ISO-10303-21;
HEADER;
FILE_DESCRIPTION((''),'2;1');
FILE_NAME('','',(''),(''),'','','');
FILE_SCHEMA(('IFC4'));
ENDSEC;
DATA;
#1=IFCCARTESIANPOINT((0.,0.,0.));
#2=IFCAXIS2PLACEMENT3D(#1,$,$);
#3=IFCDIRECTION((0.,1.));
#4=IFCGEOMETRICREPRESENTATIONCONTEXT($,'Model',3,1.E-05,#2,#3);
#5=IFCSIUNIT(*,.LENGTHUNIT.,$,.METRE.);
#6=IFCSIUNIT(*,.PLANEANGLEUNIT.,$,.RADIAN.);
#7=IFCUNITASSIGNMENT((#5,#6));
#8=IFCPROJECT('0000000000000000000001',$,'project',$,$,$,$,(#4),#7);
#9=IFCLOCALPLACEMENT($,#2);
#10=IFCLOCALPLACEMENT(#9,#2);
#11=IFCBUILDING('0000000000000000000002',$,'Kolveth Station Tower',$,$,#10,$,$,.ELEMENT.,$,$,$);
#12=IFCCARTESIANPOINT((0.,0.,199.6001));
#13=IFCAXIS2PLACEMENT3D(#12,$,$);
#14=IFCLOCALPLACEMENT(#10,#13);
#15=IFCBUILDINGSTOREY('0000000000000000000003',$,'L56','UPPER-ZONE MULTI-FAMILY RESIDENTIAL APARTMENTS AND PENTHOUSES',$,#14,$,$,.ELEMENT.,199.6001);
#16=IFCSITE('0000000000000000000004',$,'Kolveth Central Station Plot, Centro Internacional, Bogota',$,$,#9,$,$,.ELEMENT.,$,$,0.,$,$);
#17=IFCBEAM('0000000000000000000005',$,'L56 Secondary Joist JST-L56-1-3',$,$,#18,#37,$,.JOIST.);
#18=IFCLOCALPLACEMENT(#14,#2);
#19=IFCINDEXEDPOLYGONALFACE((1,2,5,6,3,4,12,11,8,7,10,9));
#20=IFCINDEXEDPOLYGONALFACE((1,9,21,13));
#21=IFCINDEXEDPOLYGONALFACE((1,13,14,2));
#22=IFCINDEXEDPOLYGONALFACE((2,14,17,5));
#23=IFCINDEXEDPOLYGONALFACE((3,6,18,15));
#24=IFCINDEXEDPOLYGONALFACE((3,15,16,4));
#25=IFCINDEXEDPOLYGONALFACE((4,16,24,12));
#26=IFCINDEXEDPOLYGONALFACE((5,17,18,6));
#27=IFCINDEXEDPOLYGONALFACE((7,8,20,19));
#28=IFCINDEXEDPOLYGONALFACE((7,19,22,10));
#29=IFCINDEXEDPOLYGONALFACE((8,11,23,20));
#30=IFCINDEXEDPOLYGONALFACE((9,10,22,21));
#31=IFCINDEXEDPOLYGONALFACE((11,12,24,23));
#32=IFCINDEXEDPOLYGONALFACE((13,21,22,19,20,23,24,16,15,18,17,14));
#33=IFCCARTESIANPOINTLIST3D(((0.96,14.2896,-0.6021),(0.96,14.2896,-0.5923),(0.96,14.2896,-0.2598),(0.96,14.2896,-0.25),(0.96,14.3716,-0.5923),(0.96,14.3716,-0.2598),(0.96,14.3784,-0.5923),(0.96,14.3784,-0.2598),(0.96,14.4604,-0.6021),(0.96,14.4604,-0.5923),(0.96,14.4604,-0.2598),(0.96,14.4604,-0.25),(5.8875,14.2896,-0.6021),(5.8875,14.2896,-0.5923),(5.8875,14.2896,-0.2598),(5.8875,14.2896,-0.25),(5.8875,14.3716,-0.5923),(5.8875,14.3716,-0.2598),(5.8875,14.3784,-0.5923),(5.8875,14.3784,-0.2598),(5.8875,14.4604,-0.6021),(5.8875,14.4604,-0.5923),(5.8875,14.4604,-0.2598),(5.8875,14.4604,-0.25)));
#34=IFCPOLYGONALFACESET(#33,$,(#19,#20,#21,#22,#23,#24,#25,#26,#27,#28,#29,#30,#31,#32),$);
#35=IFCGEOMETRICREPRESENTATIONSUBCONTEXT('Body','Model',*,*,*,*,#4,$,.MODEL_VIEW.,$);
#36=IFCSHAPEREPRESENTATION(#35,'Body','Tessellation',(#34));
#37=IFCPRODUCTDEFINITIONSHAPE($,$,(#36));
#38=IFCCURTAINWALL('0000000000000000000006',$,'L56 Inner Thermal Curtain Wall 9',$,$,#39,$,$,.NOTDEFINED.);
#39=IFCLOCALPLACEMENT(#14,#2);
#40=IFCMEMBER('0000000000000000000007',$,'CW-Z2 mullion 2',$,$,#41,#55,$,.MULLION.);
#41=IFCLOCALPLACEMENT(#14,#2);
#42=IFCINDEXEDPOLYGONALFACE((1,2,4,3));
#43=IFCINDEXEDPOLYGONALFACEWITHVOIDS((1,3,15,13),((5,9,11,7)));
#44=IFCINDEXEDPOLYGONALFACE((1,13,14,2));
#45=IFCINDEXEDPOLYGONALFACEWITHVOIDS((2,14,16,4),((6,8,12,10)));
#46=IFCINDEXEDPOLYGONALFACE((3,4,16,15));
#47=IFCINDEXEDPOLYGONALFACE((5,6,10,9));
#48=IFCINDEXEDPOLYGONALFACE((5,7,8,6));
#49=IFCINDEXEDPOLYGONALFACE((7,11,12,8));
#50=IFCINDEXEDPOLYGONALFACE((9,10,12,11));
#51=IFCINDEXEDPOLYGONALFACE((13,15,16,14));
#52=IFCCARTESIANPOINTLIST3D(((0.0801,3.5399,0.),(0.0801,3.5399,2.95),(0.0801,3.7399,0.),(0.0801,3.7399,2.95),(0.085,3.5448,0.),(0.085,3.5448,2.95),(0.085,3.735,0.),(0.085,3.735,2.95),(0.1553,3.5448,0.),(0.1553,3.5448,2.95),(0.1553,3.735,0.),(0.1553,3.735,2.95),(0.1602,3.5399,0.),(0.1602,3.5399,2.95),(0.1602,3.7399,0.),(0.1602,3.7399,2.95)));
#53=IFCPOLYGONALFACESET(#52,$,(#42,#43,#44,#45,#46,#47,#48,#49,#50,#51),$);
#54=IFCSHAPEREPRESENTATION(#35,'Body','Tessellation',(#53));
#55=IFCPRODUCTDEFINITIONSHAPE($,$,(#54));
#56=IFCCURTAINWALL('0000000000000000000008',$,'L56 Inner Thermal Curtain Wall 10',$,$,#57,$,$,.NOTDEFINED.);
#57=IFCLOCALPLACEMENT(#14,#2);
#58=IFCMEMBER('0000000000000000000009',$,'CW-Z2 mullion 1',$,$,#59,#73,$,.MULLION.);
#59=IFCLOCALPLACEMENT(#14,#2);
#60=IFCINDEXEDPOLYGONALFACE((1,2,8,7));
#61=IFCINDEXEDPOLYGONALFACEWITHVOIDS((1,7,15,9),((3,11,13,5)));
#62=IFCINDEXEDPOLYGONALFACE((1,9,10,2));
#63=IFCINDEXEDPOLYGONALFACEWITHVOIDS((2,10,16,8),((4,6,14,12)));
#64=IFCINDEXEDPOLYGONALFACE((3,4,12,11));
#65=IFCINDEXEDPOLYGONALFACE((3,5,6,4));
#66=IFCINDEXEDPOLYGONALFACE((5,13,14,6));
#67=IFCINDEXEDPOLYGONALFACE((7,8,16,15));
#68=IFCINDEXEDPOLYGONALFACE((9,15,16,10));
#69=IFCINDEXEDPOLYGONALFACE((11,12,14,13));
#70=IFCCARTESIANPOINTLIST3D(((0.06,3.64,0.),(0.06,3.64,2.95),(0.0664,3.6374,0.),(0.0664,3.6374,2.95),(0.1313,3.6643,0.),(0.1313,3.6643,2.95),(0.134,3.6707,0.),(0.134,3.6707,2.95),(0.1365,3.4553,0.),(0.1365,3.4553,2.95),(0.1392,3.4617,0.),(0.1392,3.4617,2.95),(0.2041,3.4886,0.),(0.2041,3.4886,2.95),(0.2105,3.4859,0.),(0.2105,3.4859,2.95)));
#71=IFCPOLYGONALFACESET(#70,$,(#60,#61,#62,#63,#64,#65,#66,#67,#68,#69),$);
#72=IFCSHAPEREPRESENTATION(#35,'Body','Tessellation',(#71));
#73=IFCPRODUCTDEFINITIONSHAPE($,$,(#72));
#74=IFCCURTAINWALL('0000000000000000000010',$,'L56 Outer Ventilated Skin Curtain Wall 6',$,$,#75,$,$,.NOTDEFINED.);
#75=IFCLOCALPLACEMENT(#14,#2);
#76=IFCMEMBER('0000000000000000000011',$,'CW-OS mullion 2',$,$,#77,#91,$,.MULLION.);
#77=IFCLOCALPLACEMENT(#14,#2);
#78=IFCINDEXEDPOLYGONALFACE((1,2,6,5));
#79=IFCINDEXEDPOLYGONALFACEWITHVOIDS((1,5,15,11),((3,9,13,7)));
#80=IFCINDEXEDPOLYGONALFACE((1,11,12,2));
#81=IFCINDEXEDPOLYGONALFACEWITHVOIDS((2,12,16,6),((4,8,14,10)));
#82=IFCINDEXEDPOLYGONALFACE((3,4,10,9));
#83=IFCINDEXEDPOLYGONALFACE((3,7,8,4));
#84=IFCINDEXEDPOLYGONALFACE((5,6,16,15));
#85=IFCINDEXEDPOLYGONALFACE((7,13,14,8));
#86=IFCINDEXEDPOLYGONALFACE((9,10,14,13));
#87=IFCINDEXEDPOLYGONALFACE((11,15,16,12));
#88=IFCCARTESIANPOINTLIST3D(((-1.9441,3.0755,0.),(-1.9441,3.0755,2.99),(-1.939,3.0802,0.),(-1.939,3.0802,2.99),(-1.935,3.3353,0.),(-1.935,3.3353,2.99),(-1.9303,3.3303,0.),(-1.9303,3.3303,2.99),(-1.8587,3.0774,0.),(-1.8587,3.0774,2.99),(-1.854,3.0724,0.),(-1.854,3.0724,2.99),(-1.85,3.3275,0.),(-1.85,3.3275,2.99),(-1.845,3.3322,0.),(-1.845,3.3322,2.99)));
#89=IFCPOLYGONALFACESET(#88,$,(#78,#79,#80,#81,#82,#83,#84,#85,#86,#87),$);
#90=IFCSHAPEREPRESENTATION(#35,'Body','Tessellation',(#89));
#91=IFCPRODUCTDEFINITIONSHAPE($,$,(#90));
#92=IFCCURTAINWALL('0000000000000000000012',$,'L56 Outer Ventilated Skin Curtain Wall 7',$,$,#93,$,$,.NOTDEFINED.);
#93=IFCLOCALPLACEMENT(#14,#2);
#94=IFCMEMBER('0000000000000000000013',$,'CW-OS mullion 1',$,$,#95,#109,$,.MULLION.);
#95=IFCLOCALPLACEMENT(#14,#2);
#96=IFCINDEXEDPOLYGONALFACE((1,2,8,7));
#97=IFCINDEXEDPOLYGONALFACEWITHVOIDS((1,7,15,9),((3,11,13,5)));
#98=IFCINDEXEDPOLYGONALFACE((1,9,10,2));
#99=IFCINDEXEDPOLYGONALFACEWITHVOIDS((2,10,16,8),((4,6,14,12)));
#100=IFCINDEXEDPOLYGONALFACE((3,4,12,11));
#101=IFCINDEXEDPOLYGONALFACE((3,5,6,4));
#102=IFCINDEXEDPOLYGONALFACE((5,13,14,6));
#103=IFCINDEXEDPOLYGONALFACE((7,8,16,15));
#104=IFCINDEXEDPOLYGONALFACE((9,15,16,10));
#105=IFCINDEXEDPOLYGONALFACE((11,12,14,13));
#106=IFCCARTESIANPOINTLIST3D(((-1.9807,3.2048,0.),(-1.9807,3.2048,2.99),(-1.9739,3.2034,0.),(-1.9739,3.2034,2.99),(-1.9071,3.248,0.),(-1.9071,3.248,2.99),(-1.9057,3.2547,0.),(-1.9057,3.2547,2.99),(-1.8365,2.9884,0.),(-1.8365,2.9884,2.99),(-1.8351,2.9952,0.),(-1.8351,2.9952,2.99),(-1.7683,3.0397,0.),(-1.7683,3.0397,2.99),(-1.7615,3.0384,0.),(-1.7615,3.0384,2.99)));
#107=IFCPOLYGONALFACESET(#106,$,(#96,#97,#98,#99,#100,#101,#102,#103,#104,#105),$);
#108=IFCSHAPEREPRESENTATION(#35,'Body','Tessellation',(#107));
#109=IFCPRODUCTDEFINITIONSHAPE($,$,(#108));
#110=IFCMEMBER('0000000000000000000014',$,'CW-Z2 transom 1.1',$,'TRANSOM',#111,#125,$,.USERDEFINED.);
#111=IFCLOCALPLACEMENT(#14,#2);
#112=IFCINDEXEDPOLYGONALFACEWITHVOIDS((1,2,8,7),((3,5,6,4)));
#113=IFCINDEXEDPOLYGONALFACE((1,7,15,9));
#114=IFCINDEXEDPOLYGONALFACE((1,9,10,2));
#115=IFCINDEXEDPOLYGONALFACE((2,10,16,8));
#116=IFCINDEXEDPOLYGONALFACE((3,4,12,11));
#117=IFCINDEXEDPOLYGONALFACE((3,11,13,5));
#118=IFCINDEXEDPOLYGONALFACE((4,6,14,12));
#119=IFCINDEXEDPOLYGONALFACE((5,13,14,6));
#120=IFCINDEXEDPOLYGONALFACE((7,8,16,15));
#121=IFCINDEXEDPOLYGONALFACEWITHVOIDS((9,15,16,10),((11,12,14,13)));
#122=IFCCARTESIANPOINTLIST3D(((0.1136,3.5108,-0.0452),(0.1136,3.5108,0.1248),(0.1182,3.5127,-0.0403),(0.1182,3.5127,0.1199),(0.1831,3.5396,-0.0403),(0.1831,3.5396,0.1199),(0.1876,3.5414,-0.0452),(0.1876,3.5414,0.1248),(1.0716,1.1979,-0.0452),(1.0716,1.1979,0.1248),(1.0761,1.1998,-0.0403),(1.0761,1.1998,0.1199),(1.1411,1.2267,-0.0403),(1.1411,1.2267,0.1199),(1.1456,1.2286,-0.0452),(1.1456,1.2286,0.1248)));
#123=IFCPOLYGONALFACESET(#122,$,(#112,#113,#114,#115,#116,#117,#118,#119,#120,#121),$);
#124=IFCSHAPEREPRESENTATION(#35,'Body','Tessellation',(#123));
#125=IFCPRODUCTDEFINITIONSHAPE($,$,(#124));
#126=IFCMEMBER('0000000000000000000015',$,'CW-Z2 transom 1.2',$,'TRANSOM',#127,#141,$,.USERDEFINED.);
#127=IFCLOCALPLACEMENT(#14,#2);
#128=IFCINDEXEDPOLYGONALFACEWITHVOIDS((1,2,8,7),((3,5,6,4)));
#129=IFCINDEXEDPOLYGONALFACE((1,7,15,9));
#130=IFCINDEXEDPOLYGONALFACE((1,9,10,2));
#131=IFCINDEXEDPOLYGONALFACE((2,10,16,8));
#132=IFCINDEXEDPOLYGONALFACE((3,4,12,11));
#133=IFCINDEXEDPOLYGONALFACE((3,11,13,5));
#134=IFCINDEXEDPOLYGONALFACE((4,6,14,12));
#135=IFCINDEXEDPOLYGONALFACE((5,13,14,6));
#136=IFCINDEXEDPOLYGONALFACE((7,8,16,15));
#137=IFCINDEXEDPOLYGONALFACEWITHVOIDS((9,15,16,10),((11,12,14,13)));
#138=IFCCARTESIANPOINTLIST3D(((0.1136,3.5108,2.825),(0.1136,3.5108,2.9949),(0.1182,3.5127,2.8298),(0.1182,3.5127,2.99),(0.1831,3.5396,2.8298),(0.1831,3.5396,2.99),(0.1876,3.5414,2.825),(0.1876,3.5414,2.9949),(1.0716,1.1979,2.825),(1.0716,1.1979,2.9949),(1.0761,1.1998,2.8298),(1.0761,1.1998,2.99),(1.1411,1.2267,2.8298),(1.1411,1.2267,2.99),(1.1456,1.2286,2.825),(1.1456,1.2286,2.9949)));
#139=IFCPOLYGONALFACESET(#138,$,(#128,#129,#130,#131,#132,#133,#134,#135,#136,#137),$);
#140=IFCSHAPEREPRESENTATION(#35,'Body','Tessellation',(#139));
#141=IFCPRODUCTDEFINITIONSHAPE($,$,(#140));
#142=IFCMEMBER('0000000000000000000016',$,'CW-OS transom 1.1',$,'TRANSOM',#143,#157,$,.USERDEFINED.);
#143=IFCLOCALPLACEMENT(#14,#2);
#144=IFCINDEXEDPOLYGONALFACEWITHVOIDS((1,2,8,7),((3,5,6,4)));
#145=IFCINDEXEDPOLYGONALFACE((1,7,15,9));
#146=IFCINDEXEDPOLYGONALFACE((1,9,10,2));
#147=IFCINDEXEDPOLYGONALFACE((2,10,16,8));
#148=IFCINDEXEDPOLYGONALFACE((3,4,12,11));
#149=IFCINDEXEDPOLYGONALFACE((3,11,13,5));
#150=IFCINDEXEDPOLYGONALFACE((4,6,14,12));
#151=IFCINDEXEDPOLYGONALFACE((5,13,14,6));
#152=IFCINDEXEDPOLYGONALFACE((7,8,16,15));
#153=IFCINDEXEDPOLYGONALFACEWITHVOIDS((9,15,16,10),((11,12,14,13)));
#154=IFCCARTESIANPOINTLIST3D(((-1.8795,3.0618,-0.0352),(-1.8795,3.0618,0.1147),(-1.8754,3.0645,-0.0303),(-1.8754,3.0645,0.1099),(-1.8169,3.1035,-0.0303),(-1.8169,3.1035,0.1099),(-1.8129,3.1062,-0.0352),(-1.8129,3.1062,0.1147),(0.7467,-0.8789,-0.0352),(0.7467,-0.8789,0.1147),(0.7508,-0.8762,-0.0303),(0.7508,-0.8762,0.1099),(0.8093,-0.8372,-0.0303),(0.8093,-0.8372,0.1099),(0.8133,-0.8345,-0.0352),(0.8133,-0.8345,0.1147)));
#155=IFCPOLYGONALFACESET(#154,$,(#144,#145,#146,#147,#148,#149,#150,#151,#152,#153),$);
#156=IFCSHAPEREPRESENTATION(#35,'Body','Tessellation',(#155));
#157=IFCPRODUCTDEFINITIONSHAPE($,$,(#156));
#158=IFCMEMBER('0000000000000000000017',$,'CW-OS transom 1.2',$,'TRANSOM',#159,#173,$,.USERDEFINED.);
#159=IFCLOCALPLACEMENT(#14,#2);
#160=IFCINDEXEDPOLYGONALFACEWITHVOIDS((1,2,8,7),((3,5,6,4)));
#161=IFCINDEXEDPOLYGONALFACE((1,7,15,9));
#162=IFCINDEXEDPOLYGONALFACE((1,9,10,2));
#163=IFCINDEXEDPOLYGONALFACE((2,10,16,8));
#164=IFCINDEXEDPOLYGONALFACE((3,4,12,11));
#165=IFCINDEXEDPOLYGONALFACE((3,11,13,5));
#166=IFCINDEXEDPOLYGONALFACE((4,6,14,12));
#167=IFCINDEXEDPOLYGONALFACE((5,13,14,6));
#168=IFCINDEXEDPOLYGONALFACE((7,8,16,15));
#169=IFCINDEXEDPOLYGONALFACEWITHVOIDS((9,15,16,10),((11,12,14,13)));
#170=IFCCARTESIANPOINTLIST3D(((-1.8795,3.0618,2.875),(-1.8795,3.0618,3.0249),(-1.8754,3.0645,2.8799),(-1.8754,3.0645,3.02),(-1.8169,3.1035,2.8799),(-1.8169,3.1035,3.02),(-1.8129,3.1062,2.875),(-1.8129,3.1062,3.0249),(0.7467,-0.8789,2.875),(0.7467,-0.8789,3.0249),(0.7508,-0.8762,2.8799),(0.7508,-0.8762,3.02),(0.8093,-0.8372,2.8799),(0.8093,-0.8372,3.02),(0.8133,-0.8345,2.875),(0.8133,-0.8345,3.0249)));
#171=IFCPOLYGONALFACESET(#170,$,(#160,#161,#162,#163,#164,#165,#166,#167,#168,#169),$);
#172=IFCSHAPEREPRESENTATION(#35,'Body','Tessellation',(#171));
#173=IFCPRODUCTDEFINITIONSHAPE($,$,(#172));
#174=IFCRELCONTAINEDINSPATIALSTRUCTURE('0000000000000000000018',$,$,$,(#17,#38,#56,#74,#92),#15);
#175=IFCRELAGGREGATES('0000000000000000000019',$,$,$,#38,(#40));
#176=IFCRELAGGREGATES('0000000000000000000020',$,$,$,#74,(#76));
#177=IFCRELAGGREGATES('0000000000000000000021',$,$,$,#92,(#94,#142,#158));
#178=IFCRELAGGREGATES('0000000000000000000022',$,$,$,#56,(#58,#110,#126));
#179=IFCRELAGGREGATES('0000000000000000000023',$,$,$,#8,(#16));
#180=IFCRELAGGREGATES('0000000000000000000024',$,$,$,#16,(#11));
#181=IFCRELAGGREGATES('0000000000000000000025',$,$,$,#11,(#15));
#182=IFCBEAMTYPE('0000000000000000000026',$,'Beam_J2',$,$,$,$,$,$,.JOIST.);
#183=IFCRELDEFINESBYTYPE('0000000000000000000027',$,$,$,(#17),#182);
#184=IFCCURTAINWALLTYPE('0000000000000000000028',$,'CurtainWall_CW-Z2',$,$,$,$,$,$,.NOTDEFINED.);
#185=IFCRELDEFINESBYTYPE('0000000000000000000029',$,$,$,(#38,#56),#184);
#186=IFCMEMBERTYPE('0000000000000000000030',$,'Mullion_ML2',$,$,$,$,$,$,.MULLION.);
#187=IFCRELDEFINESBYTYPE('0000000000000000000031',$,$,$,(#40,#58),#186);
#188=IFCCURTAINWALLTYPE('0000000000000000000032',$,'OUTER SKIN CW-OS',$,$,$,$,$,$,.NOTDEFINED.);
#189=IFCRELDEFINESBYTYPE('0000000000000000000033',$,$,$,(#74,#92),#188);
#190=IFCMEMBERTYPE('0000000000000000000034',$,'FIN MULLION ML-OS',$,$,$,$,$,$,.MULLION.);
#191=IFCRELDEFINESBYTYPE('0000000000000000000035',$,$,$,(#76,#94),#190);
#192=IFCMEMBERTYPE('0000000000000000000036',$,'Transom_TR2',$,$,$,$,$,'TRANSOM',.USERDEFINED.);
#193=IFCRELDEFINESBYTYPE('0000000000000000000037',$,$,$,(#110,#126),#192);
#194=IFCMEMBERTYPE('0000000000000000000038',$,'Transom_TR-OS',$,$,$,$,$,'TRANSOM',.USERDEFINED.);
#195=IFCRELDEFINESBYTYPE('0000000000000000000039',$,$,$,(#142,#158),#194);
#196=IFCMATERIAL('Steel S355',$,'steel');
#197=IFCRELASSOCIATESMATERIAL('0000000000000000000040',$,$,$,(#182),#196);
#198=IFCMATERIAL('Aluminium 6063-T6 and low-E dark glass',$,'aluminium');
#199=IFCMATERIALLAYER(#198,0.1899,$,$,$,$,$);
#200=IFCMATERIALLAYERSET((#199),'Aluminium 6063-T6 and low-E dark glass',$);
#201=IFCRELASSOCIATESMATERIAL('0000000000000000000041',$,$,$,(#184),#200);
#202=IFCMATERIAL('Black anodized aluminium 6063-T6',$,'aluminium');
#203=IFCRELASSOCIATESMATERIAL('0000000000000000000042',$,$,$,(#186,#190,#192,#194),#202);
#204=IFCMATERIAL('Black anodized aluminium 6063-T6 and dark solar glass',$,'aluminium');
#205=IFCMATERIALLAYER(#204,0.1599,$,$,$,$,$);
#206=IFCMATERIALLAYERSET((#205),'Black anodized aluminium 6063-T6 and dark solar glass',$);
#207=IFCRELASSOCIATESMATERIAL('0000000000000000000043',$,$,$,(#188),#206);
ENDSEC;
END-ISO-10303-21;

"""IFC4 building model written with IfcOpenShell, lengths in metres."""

from ifc_helpers import new_model, si_unit, direction, frame, origin, origin_2d, place, context, subcontext, project, spatial, hollow_rectangle, i_section, extrude, source, transform, mapped, material, layer, layer_set, material_profile, profile_set, type_object, element, aggregate, save


model = new_model("IFC4")

# Units and contexts
model_context = context("Model", 3, precision=1e-05, world=origin(), true_north=direction((0.0, 1.0)))
body_context = subcontext(model_context, "Body", "Model", "MODEL_VIEW")
ifc_project = project(units=[si_unit("LENGTHUNIT", "METRE"), si_unit("PLANEANGLEUNIT", "RADIAN")], contexts=[model_context])

# Site, building, storey
site_placement = place(None, origin())
site = spatial("IfcSite", under=ifc_project, at=site_placement, Name="Kolveth Central Station Plot, Centro Internacional, Bogota", CompositionType="ELEMENT", RefElevation=0.0)
building_placement = place(site_placement, origin())
building = spatial("IfcBuilding", under=site, at=building_placement, Name="Kolveth Station Tower", CompositionType="ELEMENT")
storey_placement = place(building_placement, frame((0.0, 0.0, 199.6001)))
storey = spatial("IfcBuildingStorey", under=building, at=storey_placement, Name="L56", Description="UPPER-ZONE MULTI-FAMILY RESIDENTIAL APARTMENTS AND PENTHOUSES", CompositionType="ELEMENT", Elevation=199.6001)

# Shared definitions
ifc_material_1 = material(Name="Steel S355", Category="steel")

# Beam
ifc_material_profile_1 = material_profile(ifc_material_1, i_section(OverallWidth=0.1709, OverallDepth=0.3521, WebThickness=0.0068, FlangeThickness=0.0098, at=origin_2d()), Name="W360x44")
ifc_profile_set_1 = profile_set([ifc_material_profile_1], Name="Steel S355")
beam_type_1 = type_object("IfcBeamType", Name="Beam_J2", PredefinedType="JOIST", material=ifc_profile_set_1)
shared_shape_1 = source(origin(), body_context, "Body", "SweptSolid", [
    extrude(i_section(OverallWidth=0.1709, OverallDepth=0.3521, WebThickness=0.0068, FlangeThickness=0.0098, at=origin_2d()), origin(), (0.0, 0.0, 1.0), 4.9275),
])
for number, where, z_axis, x_axis, name in (
    (1, (0.96, 14.375, -0.426), (1.0, 0.0, 0.0), (0.0, 1.0, 0.0), "L56 Secondary Joist JST-L56-1-3"),
):
    element("IfcBeam", number, at=place(storey_placement, frame(where, z_axis=z_axis, x_axis=x_axis)), inside=storey, type_object=beam_type_1, Name=name, PredefinedType="JOIST", context=body_context, shape_type="MappedRepresentation", body=[
        mapped(shared_shape_1, transform((0.0, 0.0, 0.0), x_axis=(1.0, 0.0, 0.0), y_axis=(0.0, 1.0, 0.0), z_axis=(0.0, 0.0, 1.0), scale=1.0)),
    ])

# Curtain walls, members
ifc_material_2 = material(Name="Aluminium 6063-T6 and low-E dark glass", Category="aluminium")
ifc_layer_1 = layer(ifc_material_2, 0.1899)
ifc_layer_set_1 = layer_set([ifc_layer_1], Name="Aluminium 6063-T6 and low-E dark glass")
curtain_wall_type_1 = type_object("IfcCurtainWallType", Name="CurtainWall_CW-Z2", PredefinedType="NOTDEFINED", material=ifc_layer_set_1)
curtain_wall_1_placement = place(storey_placement, origin())
curtain_wall_1 = element("IfcCurtainWall", 2, at=curtain_wall_1_placement, inside=storey, type_object=curtain_wall_type_1, Name="L56 Inner Thermal Curtain Wall 9", PredefinedType="NOTDEFINED")
ifc_material_3 = material(Name="Black anodized aluminium 6063-T6", Category="aluminium")
ifc_material_profile_2 = material_profile(ifc_material_3, hollow_rectangle(XDim=0.0801, YDim=0.2, WallThickness=0.0049, at=origin_2d()), Name="ALU-80x200x5")
ifc_profile_set_2 = profile_set([ifc_material_profile_2], Name="Black anodized aluminium 6063-T6")
member_type_1 = type_object("IfcMemberType", Name="Mullion_ML2", PredefinedType="MULLION", material=ifc_profile_set_2)
shared_shape_2 = source(origin(), body_context, "Body", "SweptSolid", [
    extrude(hollow_rectangle(XDim=0.0801, YDim=0.2, WallThickness=0.0049, at=origin_2d()), origin(), (0.0, 0.0, 1.0), 2.95),
])
member_1_placement = place(storey_placement, frame((0.1201, 3.6399, 0.0), z_axis=(0.0, 0.0, 1.0), x_axis=(1.0, 0.0, 0.0)))
member_1 = element("IfcMember", 3, at=member_1_placement, type_object=member_type_1, Name="CW-Z2 mullion 2", PredefinedType="MULLION", context=body_context, shape_type="MappedRepresentation", body=[
    mapped(shared_shape_2, transform((0.0, 0.0, 0.0), x_axis=(1.0, 0.0, 0.0), y_axis=(0.0, 1.0, 0.0), z_axis=(0.0, 0.0, 1.0), scale=1.0)),
])
aggregate(curtain_wall_1, [member_1])
curtain_wall_2_placement = place(storey_placement, origin())
curtain_wall_2 = element("IfcCurtainWall", 4, at=curtain_wall_2_placement, inside=storey, type_object=curtain_wall_type_1, Name="L56 Inner Thermal Curtain Wall 10", PredefinedType="NOTDEFINED")
member_2_placement = place(storey_placement, frame((0.1353, 3.563, 0.0), z_axis=(0.0, 0.0, 1.0), x_axis=(0.923874, 0.382698, 0.0)))
member_2 = element("IfcMember", 5, at=member_2_placement, type_object=member_type_1, Name="CW-Z2 mullion 1", PredefinedType="MULLION", context=body_context, shape_type="MappedRepresentation", body=[
    mapped(shared_shape_2, transform((0.0, 0.0, 0.0), x_axis=(1.0, 0.0, 0.0), y_axis=(0.0, 1.0, 0.0), z_axis=(0.0, 0.0, 1.0), scale=1.0)),
])
ifc_material_4 = material(Name="Black anodized aluminium 6063-T6 and dark solar glass", Category="aluminium")
ifc_layer_2 = layer(ifc_material_4, 0.1599)
ifc_layer_set_2 = layer_set([ifc_layer_2], Name="Black anodized aluminium 6063-T6 and dark solar glass")
curtain_wall_type_2 = type_object("IfcCurtainWallType", Name="OUTER SKIN CW-OS", PredefinedType="NOTDEFINED", material=ifc_layer_set_2)
curtain_wall_3_placement = place(storey_placement, origin())
curtain_wall_3 = element("IfcCurtainWall", 6, at=curtain_wall_3_placement, inside=storey, type_object=curtain_wall_type_2, Name="L56 Outer Ventilated Skin Curtain Wall 6", PredefinedType="NOTDEFINED")
ifc_material_profile_3 = material_profile(ifc_material_3, hollow_rectangle(XDim=0.0901, YDim=0.26, WallThickness=0.0049, at=origin_2d()), Name="ALU-90x260x5")
ifc_profile_set_3 = profile_set([ifc_material_profile_3], Name="Black anodized aluminium 6063-T6")
member_type_2 = type_object("IfcMemberType", Name="FIN MULLION ML-OS", PredefinedType="MULLION", material=ifc_profile_set_3)
shared_shape_3 = source(origin(), body_context, "Body", "SweptSolid", [
    extrude(hollow_rectangle(XDim=0.0901, YDim=0.26, WallThickness=0.0049, at=origin_2d()), origin(), (0.0, 0.0, 1.0), 2.99),
])
member_3_placement = place(storey_placement, frame((-1.8945, 3.2039, 0.0), z_axis=(0.0, 0.0, 1.0), x_axis=(0.999396, -0.034765, 0.0)))
member_3 = element("IfcMember", 7, at=member_3_placement, type_object=member_type_2, Name="CW-OS mullion 2", PredefinedType="MULLION", context=body_context, shape_type="MappedRepresentation", body=[
    mapped(shared_shape_3, transform((0.0, 0.0, 0.0), x_axis=(1.0, 0.0, 0.0), y_axis=(0.0, 1.0, 0.0), z_axis=(0.0, 0.0, 1.0), scale=1.0)),
])
aggregate(curtain_wall_3, [member_3])
curtain_wall_4_placement = place(storey_placement, origin())
curtain_wall_4 = element("IfcCurtainWall", 8, at=curtain_wall_4_placement, inside=storey, type_object=curtain_wall_type_2, Name="L56 Outer Ventilated Skin Curtain Wall 7", PredefinedType="NOTDEFINED")
member_4_placement = place(storey_placement, frame((-1.8711, 3.1216, 0.0), z_axis=(0.0, 0.0, 1.0), x_axis=(0.832157, 0.554541, 0.0)))
member_4 = element("IfcMember", 9, at=member_4_placement, type_object=member_type_2, Name="CW-OS mullion 1", PredefinedType="MULLION", context=body_context, shape_type="MappedRepresentation", body=[
    mapped(shared_shape_3, transform((0.0, 0.0, 0.0), x_axis=(1.0, 0.0, 0.0), y_axis=(0.0, 1.0, 0.0), z_axis=(0.0, 0.0, 1.0), scale=1.0)),
])

# Members
ifc_material_profile_4 = material_profile(ifc_material_3, hollow_rectangle(XDim=0.0801, YDim=0.1699, WallThickness=0.0049, at=origin_2d()), Name="ALU-80x170x5")
ifc_profile_set_4 = profile_set([ifc_material_profile_4], Name="Black anodized aluminium 6063-T6")
member_type_3 = type_object("IfcMemberType", Name="Transom_TR2", ElementType="TRANSOM", PredefinedType="USERDEFINED", material=ifc_profile_set_4)
shared_shape_4 = source(origin(), body_context, "Body", "SweptSolid", [
    extrude(hollow_rectangle(XDim=0.0801, YDim=0.1699, WallThickness=0.0049, at=origin_2d()), origin(), (0.0, 0.0, 1.0), 2.5034),
])
member_5_placement = place(storey_placement, frame((0.1506, 3.5261, 0.0398), z_axis=(0.382662, -0.923888, 0.0), x_axis=(0.923888, 0.382662, 0.0)))
member_5 = element("IfcMember", 10, at=member_5_placement, type_object=member_type_3, Name="CW-Z2 transom 1.1", ObjectType="TRANSOM", PredefinedType="USERDEFINED", context=body_context, shape_type="MappedRepresentation", body=[
    mapped(shared_shape_4, transform((0.0, 0.0, 0.0), x_axis=(1.0, 0.0, 0.0), y_axis=(0.0, 1.0, 0.0), z_axis=(0.0, 0.0, 1.0), scale=1.0)),
])
member_6_placement = place(storey_placement, frame((0.1506, 3.5261, 2.9099), z_axis=(0.382662, -0.923888, 0.0), x_axis=(0.923888, 0.382662, 0.0)))
member_6 = element("IfcMember", 11, at=member_6_placement, type_object=member_type_3, Name="CW-Z2 transom 1.2", ObjectType="TRANSOM", PredefinedType="USERDEFINED", context=body_context, shape_type="MappedRepresentation", body=[
    mapped(shared_shape_4, transform((0.0, 0.0, 0.0), x_axis=(1.0, 0.0, 0.0), y_axis=(0.0, 1.0, 0.0), z_axis=(0.0, 0.0, 1.0), scale=1.0)),
])
ifc_material_profile_5 = material_profile(ifc_material_3, hollow_rectangle(XDim=0.0801, YDim=0.1499, WallThickness=0.0049, at=origin_2d()), Name="ALU-80x150x5")
ifc_profile_set_5 = profile_set([ifc_material_profile_5], Name="Black anodized aluminium 6063-T6")
member_type_4 = type_object("IfcMemberType", Name="Transom_TR-OS", ElementType="TRANSOM", PredefinedType="USERDEFINED", material=ifc_profile_set_5)
shared_shape_5 = source(origin(), body_context, "Body", "SweptSolid", [
    extrude(hollow_rectangle(XDim=0.0801, YDim=0.1499, WallThickness=0.0049, at=origin_2d()), origin(), (0.0, 0.0, 1.0), 4.7356),
])
member_7_placement = place(storey_placement, frame((-1.8462, 3.084, 0.0398), z_axis=(0.554569, -0.832138, 0.0), x_axis=(0.832138, 0.554569, 0.0)))
member_7 = element("IfcMember", 12, at=member_7_placement, type_object=member_type_4, Name="CW-OS transom 1.1", ObjectType="TRANSOM", PredefinedType="USERDEFINED", context=body_context, shape_type="MappedRepresentation", body=[
    mapped(shared_shape_5, transform((0.0, 0.0, 0.0), x_axis=(1.0, 0.0, 0.0), y_axis=(0.0, 1.0, 0.0), z_axis=(0.0, 0.0, 1.0), scale=1.0)),
])
member_8_placement = place(storey_placement, frame((-1.8462, 3.084, 2.95), z_axis=(0.554569, -0.832138, 0.0), x_axis=(0.832138, 0.554569, 0.0)))
member_8 = element("IfcMember", 13, at=member_8_placement, type_object=member_type_4, Name="CW-OS transom 1.2", ObjectType="TRANSOM", PredefinedType="USERDEFINED", context=body_context, shape_type="MappedRepresentation", body=[
    mapped(shared_shape_5, transform((0.0, 0.0, 0.0), x_axis=(1.0, 0.0, 0.0), y_axis=(0.0, 1.0, 0.0), z_axis=(0.0, 0.0, 1.0), scale=1.0)),
])
aggregate(curtain_wall_4, [member_4, member_7, member_8])

aggregate(curtain_wall_2, [member_2, member_5, member_6])

save(model, "model.ifc")
